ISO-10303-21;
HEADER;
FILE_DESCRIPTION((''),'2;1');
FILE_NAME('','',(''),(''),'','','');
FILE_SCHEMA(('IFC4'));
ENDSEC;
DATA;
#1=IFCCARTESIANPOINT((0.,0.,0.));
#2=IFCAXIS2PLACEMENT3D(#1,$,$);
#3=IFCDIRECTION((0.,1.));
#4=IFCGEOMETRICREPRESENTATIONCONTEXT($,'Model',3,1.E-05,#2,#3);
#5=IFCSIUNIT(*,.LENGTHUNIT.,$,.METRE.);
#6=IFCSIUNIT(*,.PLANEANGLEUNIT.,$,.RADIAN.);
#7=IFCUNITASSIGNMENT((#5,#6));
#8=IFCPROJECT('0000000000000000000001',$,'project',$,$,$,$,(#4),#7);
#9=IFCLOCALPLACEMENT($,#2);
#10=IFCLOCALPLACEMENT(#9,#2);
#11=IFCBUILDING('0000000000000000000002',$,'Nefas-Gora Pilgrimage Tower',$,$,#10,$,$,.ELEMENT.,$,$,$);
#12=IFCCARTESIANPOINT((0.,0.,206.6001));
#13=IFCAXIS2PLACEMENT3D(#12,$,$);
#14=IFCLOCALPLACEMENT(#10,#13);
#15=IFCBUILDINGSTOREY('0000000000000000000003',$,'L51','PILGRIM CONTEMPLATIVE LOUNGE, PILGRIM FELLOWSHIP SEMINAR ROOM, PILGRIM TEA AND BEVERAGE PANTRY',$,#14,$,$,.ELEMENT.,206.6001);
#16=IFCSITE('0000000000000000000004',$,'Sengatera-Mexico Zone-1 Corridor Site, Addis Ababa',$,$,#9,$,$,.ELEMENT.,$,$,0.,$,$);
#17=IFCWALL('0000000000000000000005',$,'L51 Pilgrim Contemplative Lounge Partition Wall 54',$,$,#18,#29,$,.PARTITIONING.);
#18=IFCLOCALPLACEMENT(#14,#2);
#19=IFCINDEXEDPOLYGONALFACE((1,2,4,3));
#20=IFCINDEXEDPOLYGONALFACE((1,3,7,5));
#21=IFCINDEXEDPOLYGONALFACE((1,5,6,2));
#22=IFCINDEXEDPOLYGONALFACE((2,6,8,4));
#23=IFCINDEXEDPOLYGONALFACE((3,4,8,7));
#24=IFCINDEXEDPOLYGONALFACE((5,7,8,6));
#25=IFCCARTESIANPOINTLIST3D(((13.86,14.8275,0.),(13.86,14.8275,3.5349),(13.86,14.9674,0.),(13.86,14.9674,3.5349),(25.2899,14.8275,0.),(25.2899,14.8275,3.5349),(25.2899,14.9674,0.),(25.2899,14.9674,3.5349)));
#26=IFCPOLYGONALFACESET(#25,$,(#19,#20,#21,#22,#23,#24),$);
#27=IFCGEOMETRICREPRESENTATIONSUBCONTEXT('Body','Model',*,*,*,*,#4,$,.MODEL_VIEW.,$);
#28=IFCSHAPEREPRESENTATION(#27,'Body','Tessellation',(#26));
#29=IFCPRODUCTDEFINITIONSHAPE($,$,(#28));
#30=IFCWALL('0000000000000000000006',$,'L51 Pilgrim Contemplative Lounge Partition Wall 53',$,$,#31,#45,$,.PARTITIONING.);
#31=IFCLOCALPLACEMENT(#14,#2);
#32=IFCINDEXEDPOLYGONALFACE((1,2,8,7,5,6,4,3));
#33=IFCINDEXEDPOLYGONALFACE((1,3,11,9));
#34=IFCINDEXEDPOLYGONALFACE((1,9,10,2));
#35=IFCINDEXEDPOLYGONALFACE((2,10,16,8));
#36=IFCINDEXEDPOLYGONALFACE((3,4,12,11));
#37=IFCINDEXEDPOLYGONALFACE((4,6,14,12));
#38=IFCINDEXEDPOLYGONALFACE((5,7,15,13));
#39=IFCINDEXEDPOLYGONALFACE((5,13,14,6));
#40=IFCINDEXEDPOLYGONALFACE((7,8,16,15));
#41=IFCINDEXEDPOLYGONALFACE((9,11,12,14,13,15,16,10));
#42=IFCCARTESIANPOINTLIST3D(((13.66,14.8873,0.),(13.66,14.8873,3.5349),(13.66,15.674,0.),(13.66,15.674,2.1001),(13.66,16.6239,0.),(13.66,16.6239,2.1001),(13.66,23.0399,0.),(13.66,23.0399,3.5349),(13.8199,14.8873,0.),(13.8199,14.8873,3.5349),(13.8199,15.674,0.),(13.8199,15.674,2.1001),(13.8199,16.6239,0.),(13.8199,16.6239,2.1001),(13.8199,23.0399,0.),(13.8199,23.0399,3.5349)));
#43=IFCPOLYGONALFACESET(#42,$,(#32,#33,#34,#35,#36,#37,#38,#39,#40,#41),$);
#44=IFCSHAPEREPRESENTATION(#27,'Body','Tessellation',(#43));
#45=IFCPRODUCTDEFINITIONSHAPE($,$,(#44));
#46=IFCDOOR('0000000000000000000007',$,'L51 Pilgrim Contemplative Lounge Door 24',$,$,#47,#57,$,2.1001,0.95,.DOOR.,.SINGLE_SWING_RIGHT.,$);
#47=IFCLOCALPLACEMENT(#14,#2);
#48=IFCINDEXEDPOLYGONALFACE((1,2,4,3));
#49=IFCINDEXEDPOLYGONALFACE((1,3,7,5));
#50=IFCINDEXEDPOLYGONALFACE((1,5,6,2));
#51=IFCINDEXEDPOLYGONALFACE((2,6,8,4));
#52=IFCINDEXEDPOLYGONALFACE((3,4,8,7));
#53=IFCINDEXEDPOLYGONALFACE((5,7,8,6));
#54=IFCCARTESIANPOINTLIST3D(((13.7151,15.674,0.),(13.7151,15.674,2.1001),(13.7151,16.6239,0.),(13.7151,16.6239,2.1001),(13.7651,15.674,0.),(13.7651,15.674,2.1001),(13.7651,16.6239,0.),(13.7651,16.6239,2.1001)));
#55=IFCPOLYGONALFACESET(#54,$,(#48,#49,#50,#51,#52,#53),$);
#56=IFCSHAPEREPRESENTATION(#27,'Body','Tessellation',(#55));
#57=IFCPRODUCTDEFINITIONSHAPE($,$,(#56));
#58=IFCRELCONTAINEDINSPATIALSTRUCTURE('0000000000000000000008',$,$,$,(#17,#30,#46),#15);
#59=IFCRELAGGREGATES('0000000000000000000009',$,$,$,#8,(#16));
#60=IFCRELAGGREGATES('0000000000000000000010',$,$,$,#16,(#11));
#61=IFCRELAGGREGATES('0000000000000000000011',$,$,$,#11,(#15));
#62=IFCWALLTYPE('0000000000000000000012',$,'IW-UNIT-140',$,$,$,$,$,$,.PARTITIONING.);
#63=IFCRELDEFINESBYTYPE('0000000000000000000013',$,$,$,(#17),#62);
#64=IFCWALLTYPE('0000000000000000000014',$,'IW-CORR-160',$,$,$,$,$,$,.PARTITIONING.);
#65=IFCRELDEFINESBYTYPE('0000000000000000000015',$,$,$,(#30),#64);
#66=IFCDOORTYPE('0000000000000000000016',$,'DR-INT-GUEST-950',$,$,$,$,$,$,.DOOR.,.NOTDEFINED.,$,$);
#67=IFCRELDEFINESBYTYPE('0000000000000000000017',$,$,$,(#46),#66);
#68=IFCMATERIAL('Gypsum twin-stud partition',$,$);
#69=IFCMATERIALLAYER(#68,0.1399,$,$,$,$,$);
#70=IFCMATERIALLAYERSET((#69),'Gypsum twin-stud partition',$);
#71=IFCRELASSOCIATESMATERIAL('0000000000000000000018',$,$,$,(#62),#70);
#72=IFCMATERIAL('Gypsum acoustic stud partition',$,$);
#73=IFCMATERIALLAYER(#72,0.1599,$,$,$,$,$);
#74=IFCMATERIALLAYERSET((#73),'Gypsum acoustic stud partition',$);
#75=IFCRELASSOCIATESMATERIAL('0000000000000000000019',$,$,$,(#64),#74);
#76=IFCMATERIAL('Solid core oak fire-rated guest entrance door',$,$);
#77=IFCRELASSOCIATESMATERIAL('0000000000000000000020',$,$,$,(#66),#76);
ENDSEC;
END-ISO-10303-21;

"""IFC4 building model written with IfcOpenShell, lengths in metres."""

from ifc_helpers import new_model, si_unit, direction, frame, frame_2d, origin, place, context, subcontext, project, spatial, rectangle, extrude, source, transform, mapped, material, layer, layer_set, type_object, element, fill, save


model = new_model("IFC4")

# Units and contexts
model_context = context("Model", 3, precision=1e-05, world=origin(), true_north=direction((0.0, 1.0)))
body_context = subcontext(model_context, "Body", "Model", "MODEL_VIEW")
ifc_project = project(units=[si_unit("LENGTHUNIT", "METRE"), si_unit("PLANEANGLEUNIT", "RADIAN")], contexts=[model_context])

# Site, building, storey
site_placement = place(None, origin())
site = spatial("IfcSite", under=ifc_project, at=site_placement, Name="Sengatera-Mexico Zone-1 Corridor Site, Addis Ababa", CompositionType="ELEMENT", RefElevation=0.0)
building_placement = place(site_placement, origin())
building = spatial("IfcBuilding", under=site, at=building_placement, Name="Nefas-Gora Pilgrimage Tower", CompositionType="ELEMENT")
storey_placement = place(building_placement, frame((0.0, 0.0, 206.6001)))
storey = spatial("IfcBuildingStorey", under=building, at=storey_placement, Name="L51", Description="PILGRIM CONTEMPLATIVE LOUNGE, PILGRIM FELLOWSHIP SEMINAR ROOM, PILGRIM TEA AND BEVERAGE PANTRY", CompositionType="ELEMENT", Elevation=206.6001)

# Wall
ifc_material_1 = material(Name="Gypsum twin-stud partition")
ifc_layer_1 = layer(ifc_material_1, 0.1399)
ifc_layer_set_1 = layer_set([ifc_layer_1], Name="Gypsum twin-stud partition")
wall_type_1 = type_object("IfcWallType", Name="IW-UNIT-140", PredefinedType="PARTITIONING", material=ifc_layer_set_1)
shared_shape_1 = source(origin(), body_context, "Body", "SweptSolid", [
    extrude(rectangle(XDim=11.4299, YDim=0.1399, at=frame_2d((5.7148, 0.0))), origin(), (0.0, 0.0, 1.0), 3.5349),
])
wall_1_placement = place(storey_placement, frame((13.8601, 14.8975, 0.0), z_axis=(0.0, 0.0, 1.0), x_axis=(1.0, 0.0, 0.0)))
element("IfcWall", 1, at=wall_1_placement, inside=storey, type_object=wall_type_1, Name="L51 Pilgrim Contemplative Lounge Partition Wall 54", PredefinedType="PARTITIONING", context=body_context, shape_type="MappedRepresentation", body=[
    mapped(shared_shape_1, transform((0.0, 0.0, 0.0), x_axis=(1.0, 0.0, 0.0), y_axis=(0.0, 1.0, 0.0), z_axis=(0.0, 0.0, 1.0), scale=1.0)),
])

# Wall, opening, door
ifc_material_2 = material(Name="Gypsum acoustic stud partition")
ifc_layer_2 = layer(ifc_material_2, 0.1599)
ifc_layer_set_2 = layer_set([ifc_layer_2], Name="Gypsum acoustic stud partition")
wall_type_2 = type_object("IfcWallType", Name="IW-CORR-160", PredefinedType="PARTITIONING", material=ifc_layer_set_2)
shared_shape_2 = source(origin(), body_context, "Body", "SweptSolid", [
    extrude(rectangle(XDim=8.1526, YDim=0.1599, at=frame_2d((4.0762, 0.0))), origin(), (0.0, 0.0, 1.0), 3.5349),
])
wall_2_placement = place(storey_placement, frame((13.74, 14.8875, 0.0), z_axis=(0.0, 0.0, 1.0), x_axis=(0.0, 1.0, 0.0)))
wall_2 = element("IfcWall", 2, at=wall_2_placement, inside=storey, type_object=wall_type_2, Name="L51 Pilgrim Contemplative Lounge Partition Wall 53", PredefinedType="PARTITIONING", context=body_context, shape_type="MappedRepresentation", body=[
    mapped(shared_shape_2, transform((0.0, 0.0, 0.0), x_axis=(1.0, 0.0, 0.0), y_axis=(0.0, 1.0, 0.0), z_axis=(0.0, 0.0, 1.0), scale=1.0)),
])
opening_1_placement = place(wall_2_placement, frame((0.7864, 0.0, 0.0)))
opening_1 = element("IfcOpeningElement", 3, at=opening_1_placement, cuts=wall_2, PredefinedType="OPENING", context=body_context, shape_type="SweptSolid", body=[
    extrude(rectangle(XDim=0.95, YDim=2.1001, at=frame_2d((0.4751, 1.05))), frame((0.0, 0.0898, 0.0), z_axis=(0.0, -1.0, 0.0), x_axis=(1.0, 0.0, 0.0)), (0.0, 0.0, 1.0), 0.1799),
])
ifc_material_3 = material(Name="Solid core oak fire-rated guest entrance door")
door_type = type_object("IfcDoorType", Name="DR-INT-GUEST-950", OperationType="NOTDEFINED", PredefinedType="DOOR", material=ifc_material_3)
shared_shape_3 = source(origin(), body_context, "Body", "SweptSolid", [
    extrude(rectangle(XDim=0.95, YDim=2.1001, at=frame_2d((0.4751, 1.05))), frame((0.0, 0.0249, 0.0), z_axis=(0.0, -1.0, 0.0), x_axis=(1.0, 0.0, 0.0)), (0.0, 0.0, 1.0), 0.05),
])
door_placement = place(opening_1_placement, origin())
door = element("IfcDoor", 4, at=door_placement, inside=storey, type_object=door_type, Name="L51 Pilgrim Contemplative Lounge Door 24", OperationType="SINGLE_SWING_RIGHT", OverallHeight=2.1001, OverallWidth=0.95, PredefinedType="DOOR", context=body_context, shape_type="MappedRepresentation", body=[
    mapped(shared_shape_3, transform((0.0, 0.0, 0.0), x_axis=(1.0, 0.0, 0.0), y_axis=(0.0, 1.0, 0.0), z_axis=(0.0, 0.0, 1.0), scale=1.0)),
])
fill(opening_1, door)

save(model, "model.ifc")
